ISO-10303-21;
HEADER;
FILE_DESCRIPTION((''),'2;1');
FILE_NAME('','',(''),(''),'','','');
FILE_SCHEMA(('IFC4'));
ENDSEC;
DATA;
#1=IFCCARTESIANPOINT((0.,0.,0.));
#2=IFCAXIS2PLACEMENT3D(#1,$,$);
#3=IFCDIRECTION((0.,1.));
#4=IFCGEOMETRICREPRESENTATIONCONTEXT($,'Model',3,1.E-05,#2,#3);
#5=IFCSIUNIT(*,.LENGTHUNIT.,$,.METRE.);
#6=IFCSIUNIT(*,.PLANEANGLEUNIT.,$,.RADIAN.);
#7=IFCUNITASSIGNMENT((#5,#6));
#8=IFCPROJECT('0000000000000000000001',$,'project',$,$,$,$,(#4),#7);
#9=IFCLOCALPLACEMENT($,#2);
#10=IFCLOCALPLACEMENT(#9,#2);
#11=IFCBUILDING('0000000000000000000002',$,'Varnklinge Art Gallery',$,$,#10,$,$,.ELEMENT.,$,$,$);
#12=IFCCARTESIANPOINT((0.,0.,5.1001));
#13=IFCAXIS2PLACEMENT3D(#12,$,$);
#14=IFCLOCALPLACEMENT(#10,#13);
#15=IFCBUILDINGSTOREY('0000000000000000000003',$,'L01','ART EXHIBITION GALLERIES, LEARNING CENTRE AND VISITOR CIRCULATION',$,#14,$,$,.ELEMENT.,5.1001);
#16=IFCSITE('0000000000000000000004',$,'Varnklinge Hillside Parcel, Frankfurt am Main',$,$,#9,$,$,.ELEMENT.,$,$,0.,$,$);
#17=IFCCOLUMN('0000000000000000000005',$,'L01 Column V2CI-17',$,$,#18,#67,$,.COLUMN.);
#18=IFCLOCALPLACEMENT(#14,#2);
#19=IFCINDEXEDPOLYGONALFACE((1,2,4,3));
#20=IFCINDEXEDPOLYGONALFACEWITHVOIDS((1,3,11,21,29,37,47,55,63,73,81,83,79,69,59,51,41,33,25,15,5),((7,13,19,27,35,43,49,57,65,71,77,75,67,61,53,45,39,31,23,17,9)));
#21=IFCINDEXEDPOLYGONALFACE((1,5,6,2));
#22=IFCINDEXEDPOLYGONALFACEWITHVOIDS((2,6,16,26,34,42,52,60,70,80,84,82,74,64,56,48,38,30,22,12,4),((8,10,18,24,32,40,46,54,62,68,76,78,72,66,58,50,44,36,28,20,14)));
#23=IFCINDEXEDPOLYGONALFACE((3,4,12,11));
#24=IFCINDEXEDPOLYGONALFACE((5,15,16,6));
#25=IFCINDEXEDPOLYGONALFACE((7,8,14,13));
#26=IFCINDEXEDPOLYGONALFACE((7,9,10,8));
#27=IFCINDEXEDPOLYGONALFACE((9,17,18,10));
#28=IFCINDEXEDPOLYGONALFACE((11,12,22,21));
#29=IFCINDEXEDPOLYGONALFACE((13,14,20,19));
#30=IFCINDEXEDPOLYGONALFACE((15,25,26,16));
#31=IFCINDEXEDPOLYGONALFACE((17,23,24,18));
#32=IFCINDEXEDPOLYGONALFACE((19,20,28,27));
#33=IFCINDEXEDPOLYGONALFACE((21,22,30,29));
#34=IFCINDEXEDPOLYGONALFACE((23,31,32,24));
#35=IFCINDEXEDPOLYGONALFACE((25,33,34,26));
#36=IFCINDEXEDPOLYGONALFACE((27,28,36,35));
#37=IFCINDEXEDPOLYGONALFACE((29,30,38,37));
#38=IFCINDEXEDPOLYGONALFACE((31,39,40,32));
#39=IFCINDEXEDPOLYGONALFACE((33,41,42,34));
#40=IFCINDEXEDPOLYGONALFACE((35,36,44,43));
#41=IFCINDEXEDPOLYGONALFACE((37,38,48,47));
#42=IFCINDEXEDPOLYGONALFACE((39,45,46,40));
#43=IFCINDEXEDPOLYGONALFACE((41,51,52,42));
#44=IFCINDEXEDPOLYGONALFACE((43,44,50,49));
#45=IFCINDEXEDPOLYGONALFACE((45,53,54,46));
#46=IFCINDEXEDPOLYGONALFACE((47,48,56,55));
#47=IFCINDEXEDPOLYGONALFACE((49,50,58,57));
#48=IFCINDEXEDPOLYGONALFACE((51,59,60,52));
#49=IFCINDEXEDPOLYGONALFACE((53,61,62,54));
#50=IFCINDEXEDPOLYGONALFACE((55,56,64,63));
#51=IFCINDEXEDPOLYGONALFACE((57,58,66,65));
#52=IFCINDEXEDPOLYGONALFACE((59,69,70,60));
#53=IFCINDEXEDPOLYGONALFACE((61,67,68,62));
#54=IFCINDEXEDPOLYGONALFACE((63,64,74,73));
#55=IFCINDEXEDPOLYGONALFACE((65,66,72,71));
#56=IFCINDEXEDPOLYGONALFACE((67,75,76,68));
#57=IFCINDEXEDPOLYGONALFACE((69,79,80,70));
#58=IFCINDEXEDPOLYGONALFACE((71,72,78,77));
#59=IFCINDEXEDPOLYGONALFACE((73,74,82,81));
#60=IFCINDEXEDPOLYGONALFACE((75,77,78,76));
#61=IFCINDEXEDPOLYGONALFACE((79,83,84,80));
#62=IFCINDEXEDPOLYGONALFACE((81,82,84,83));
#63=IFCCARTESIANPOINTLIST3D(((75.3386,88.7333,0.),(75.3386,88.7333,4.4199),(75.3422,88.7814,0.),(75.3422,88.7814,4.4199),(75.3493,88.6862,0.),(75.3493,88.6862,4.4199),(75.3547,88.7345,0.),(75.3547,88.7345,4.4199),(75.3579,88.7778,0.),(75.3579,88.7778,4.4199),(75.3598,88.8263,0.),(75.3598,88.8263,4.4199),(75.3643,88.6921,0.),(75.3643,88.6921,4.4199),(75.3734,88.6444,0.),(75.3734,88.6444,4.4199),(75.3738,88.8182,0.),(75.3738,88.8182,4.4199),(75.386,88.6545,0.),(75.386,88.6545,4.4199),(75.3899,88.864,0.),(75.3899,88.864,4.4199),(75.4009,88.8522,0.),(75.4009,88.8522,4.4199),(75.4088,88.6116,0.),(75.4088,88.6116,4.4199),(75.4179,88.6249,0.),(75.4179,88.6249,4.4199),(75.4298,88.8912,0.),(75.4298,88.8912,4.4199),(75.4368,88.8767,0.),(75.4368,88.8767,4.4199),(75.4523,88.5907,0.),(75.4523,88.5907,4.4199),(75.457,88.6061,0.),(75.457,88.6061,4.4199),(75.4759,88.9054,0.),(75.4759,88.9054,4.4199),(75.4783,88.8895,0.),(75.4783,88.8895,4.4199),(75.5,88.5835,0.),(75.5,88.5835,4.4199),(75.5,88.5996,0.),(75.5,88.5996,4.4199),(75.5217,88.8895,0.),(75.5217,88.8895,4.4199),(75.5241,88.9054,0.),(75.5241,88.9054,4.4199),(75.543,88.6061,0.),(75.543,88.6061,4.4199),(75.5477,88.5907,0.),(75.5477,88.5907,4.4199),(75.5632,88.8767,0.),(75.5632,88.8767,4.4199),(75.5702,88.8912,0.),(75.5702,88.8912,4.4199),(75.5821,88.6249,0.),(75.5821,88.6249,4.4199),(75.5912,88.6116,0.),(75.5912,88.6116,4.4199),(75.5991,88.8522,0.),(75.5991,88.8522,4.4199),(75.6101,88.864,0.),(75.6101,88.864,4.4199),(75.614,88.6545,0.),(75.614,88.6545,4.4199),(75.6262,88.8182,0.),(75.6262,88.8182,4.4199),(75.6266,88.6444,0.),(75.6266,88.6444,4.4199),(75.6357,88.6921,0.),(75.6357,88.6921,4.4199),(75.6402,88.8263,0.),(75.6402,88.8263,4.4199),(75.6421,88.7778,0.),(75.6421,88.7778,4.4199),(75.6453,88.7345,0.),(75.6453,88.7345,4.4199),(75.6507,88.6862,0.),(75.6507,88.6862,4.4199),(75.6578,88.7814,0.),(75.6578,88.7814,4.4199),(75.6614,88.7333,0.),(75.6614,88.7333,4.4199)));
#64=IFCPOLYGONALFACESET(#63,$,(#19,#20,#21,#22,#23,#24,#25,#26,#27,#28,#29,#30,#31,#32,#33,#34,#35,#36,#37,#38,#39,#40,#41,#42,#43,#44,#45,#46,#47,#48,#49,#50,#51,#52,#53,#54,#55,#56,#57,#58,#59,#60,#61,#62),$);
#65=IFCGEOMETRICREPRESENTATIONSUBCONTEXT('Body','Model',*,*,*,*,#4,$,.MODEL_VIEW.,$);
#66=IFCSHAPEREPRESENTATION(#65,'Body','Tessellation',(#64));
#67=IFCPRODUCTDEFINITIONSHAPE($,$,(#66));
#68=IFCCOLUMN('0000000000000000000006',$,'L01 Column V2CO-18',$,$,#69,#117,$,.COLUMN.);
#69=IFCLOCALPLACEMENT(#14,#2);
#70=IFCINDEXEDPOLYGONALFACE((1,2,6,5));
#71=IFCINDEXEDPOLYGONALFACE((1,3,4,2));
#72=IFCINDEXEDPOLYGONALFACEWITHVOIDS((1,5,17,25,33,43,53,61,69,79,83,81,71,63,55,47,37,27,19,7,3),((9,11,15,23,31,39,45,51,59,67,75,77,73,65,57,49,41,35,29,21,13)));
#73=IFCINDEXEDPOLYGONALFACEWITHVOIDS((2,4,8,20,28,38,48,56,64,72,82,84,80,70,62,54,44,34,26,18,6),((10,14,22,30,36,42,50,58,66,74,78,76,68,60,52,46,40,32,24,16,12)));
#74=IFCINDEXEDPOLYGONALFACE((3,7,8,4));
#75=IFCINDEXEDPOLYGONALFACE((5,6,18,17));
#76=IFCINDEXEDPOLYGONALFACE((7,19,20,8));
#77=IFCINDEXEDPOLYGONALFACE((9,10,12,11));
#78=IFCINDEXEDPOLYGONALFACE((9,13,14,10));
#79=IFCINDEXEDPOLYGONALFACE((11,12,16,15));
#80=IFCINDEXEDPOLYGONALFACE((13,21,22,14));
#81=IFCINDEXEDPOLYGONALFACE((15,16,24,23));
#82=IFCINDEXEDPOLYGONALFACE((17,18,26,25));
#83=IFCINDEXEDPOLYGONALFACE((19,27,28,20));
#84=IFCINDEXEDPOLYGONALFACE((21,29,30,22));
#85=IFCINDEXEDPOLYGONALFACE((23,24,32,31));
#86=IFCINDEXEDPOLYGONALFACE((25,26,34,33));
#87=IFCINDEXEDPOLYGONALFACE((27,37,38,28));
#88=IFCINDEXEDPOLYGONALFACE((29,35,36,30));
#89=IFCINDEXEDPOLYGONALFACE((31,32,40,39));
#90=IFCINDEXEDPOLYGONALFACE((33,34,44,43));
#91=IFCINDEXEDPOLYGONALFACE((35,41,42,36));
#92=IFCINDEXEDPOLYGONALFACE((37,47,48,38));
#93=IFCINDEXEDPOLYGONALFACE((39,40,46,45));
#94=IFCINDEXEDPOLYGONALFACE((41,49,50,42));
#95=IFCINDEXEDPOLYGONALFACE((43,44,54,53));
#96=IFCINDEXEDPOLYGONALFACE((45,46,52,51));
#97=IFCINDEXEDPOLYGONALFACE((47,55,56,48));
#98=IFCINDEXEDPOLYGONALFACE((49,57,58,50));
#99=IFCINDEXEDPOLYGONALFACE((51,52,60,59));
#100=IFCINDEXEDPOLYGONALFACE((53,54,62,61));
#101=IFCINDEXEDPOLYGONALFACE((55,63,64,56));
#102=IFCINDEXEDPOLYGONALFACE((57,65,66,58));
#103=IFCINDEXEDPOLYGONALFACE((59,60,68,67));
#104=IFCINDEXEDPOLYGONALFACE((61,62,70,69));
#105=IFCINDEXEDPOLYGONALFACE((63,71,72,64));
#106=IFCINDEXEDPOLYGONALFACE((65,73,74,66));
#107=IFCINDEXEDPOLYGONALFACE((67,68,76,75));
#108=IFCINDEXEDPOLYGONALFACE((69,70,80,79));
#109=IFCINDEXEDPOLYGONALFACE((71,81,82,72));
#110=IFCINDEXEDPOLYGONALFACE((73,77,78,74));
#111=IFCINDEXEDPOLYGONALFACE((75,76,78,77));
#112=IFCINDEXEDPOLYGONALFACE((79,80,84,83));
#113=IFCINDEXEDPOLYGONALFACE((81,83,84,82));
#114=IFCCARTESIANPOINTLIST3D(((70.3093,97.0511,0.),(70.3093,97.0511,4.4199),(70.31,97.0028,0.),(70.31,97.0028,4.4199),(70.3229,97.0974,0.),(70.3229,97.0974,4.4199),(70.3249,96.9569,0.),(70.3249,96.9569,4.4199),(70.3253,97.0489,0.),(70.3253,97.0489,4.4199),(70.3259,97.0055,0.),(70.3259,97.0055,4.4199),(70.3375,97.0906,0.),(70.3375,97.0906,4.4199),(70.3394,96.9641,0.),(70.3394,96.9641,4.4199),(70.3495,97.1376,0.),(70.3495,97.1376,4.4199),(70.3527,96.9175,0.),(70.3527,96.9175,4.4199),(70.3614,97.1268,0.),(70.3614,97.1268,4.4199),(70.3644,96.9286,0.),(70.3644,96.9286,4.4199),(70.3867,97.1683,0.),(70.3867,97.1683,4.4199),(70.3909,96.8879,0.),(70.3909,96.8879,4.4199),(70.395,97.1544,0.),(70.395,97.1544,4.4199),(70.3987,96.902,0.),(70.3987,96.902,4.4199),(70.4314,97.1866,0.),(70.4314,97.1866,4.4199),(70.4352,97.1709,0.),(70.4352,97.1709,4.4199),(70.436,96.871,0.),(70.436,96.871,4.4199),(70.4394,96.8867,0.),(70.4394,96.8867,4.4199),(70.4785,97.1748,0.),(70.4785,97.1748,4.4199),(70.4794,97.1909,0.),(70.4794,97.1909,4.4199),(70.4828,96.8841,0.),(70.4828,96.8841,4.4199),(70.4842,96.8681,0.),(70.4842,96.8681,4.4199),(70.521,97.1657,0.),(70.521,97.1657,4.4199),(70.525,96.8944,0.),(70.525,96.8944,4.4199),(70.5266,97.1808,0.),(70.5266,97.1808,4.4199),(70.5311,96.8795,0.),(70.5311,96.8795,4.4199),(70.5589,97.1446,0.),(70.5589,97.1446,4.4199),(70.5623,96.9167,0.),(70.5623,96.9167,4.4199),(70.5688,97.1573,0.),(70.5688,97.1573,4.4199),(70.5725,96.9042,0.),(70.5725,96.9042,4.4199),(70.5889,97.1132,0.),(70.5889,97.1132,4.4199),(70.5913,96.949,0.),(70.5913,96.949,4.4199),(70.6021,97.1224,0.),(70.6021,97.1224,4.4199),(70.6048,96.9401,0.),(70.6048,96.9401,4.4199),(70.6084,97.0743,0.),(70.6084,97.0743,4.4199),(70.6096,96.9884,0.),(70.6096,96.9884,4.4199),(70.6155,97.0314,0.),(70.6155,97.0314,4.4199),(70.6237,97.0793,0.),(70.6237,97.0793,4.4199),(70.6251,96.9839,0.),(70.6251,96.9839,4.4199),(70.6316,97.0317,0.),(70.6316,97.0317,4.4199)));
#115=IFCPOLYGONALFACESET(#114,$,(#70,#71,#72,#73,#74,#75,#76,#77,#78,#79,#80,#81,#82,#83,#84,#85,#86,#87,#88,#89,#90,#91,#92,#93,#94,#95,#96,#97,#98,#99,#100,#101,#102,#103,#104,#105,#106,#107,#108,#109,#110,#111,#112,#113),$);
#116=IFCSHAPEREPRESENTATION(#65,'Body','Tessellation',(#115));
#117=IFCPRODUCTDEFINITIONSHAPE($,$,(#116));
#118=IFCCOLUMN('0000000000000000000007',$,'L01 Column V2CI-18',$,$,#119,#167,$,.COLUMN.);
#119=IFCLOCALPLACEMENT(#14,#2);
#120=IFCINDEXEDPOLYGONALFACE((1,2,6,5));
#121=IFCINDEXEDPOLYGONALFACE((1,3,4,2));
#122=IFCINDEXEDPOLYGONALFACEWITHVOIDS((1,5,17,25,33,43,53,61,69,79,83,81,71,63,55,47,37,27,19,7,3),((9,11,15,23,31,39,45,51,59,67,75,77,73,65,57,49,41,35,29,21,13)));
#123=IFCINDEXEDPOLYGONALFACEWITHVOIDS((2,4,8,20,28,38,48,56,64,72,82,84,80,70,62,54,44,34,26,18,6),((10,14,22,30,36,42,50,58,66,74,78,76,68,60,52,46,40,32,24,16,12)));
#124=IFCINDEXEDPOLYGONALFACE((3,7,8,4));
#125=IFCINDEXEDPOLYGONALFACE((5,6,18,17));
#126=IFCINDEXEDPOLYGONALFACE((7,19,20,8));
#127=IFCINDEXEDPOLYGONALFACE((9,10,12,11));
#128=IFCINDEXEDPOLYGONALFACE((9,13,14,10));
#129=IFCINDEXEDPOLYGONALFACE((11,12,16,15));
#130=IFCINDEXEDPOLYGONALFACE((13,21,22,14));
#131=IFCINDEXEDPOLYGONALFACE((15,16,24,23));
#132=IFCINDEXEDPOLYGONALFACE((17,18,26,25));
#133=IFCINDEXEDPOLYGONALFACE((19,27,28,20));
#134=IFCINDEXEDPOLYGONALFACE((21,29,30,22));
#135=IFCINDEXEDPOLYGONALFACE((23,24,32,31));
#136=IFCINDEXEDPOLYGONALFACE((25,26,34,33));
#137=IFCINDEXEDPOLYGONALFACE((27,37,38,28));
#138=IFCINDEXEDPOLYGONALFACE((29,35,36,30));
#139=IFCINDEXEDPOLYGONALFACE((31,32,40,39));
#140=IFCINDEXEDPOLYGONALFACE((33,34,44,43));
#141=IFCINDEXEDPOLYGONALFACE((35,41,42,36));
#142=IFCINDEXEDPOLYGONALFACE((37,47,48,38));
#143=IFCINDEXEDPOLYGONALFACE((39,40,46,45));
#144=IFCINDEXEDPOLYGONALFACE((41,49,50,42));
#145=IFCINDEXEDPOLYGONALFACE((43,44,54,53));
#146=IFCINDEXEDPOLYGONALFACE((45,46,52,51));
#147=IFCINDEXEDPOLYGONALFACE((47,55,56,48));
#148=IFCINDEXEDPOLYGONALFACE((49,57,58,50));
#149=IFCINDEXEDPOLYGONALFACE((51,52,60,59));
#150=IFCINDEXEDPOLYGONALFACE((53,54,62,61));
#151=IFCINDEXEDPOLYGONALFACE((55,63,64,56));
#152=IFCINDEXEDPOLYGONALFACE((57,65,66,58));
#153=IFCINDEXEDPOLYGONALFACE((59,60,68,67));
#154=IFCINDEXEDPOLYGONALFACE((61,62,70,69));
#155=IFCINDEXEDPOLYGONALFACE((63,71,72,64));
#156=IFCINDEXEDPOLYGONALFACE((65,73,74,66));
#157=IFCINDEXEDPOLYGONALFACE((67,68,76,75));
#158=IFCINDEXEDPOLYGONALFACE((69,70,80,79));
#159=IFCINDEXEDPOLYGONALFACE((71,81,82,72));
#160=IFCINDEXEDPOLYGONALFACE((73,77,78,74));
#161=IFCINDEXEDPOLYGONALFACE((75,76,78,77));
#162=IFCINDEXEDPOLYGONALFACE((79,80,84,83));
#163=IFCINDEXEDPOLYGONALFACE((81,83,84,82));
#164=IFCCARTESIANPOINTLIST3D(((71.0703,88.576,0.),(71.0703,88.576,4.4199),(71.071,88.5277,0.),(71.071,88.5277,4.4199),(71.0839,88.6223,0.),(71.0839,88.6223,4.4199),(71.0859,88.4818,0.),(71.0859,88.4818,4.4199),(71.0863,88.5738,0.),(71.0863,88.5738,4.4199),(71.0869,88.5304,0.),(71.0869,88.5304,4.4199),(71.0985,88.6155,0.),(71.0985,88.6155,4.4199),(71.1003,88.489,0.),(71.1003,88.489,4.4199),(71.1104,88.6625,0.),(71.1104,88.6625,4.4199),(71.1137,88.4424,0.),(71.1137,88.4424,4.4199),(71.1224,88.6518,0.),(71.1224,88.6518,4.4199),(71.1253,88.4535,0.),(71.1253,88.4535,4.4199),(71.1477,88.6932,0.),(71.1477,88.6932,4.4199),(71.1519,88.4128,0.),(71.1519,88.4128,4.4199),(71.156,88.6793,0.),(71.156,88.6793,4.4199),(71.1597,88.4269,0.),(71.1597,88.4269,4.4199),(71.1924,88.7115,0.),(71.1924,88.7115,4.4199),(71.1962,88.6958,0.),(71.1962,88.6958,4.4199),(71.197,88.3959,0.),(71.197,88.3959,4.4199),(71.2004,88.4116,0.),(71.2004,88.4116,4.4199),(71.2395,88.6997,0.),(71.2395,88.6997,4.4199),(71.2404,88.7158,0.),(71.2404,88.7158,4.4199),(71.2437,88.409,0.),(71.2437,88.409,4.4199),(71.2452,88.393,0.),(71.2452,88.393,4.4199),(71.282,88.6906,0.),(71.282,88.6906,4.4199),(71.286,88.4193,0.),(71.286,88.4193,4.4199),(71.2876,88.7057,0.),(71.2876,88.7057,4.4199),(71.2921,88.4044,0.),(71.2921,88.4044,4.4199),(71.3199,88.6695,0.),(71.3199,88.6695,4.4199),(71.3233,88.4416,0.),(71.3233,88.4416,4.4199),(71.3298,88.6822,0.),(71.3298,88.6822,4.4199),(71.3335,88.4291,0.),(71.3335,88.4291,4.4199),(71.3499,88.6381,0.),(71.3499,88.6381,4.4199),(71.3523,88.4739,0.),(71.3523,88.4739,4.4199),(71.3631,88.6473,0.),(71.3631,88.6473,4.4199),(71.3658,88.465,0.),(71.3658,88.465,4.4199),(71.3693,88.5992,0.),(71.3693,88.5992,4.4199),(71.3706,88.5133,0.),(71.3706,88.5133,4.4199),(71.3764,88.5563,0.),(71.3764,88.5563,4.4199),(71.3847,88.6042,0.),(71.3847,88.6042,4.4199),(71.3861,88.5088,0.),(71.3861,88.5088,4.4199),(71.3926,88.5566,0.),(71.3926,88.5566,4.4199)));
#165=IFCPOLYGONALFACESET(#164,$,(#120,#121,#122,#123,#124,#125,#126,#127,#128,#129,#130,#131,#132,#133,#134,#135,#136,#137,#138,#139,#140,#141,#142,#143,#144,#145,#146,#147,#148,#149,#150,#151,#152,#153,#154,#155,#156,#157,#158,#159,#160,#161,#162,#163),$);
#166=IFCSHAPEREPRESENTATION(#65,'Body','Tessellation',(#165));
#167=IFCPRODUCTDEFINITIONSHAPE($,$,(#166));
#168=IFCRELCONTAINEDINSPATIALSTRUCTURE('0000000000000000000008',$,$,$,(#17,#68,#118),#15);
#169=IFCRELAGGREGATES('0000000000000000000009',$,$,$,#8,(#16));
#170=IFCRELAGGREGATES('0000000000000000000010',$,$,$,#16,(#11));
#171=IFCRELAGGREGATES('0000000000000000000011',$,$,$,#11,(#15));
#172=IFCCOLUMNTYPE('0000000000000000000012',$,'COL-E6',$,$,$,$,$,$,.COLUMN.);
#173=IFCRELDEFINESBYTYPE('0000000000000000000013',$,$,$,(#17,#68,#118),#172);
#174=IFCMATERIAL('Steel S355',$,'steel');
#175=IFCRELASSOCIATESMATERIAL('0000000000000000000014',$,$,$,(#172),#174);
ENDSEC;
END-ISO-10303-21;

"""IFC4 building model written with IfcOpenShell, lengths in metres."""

from ifc_helpers import new_model, si_unit, direction, frame, origin, origin_2d, place, context, subcontext, project, spatial, hollow_circle, extrude, material, material_profile, profile_set, type_object, element, save


model = new_model("IFC4")

# Units and contexts
model_context = context("Model", 3, precision=1e-05, world=origin(), true_north=direction((0.0, 1.0)))
body_context = subcontext(model_context, "Body", "Model", "MODEL_VIEW")
ifc_project = project(units=[si_unit("LENGTHUNIT", "METRE"), si_unit("PLANEANGLEUNIT", "RADIAN")], contexts=[model_context])

# Site, building, storey
site_placement = place(None, origin())
site = spatial("IfcSite", under=ifc_project, at=site_placement, Name="Varnklinge Hillside Parcel, Frankfurt am Main", CompositionType="ELEMENT", RefElevation=0.0)
building_placement = place(site_placement, origin())
building = spatial("IfcBuilding", under=site, at=building_placement, Name="Varnklinge Art Gallery", CompositionType="ELEMENT")
storey_placement = place(building_placement, frame((0.0, 0.0, 5.1001)))
storey = spatial("IfcBuildingStorey", under=building, at=storey_placement, Name="L01", Description="ART EXHIBITION GALLERIES, LEARNING CENTRE AND VISITOR CIRCULATION", CompositionType="ELEMENT", Elevation=5.1001)

# Columns
ifc_material_1 = material(Name="Steel S355", Category="steel")
ifc_material_profile_1 = material_profile(ifc_material_1, hollow_circle(Radius=0.1619, WallThickness=0.0161, at=origin_2d()), Name="CHS 323.9x16")
ifc_profile_set_1 = profile_set([ifc_material_profile_1], Name="Steel S355")
column_type = type_object("IfcColumnType", Name="COL-E6", PredefinedType="COLUMN", material=ifc_profile_set_1)
for number, where, z_axis, x_axis, name in (
    (1, (75.5, 88.7454, 0.0), (0.0, 0.0, 1.0), (0.0, -1.0, 0.0), "L01 Column V2CI-17"),
    (2, (70.4697, 97.0293, 0.0), (0.0, 0.0, 1.0), (0.089416, -0.995994, 0.0), "L01 Column V2CO-18"),
    (3, (71.2307, 88.5542, 0.0), (0.0, 0.0, 1.0), (0.089416, -0.995994, 0.0), "L01 Column V2CI-18"),
):
    element("IfcColumn", number, at=place(storey_placement, frame(where, z_axis=z_axis, x_axis=x_axis)), inside=storey, type_object=column_type, Name=name, PredefinedType="COLUMN", context=body_context, shape_type="SweptSolid", body=[
        extrude(hollow_circle(Radius=0.1619, WallThickness=0.0161, at=origin_2d()), origin(), (0.0, 0.0, 1.0), 4.4199),
    ])

save(model, "model.ifc")
